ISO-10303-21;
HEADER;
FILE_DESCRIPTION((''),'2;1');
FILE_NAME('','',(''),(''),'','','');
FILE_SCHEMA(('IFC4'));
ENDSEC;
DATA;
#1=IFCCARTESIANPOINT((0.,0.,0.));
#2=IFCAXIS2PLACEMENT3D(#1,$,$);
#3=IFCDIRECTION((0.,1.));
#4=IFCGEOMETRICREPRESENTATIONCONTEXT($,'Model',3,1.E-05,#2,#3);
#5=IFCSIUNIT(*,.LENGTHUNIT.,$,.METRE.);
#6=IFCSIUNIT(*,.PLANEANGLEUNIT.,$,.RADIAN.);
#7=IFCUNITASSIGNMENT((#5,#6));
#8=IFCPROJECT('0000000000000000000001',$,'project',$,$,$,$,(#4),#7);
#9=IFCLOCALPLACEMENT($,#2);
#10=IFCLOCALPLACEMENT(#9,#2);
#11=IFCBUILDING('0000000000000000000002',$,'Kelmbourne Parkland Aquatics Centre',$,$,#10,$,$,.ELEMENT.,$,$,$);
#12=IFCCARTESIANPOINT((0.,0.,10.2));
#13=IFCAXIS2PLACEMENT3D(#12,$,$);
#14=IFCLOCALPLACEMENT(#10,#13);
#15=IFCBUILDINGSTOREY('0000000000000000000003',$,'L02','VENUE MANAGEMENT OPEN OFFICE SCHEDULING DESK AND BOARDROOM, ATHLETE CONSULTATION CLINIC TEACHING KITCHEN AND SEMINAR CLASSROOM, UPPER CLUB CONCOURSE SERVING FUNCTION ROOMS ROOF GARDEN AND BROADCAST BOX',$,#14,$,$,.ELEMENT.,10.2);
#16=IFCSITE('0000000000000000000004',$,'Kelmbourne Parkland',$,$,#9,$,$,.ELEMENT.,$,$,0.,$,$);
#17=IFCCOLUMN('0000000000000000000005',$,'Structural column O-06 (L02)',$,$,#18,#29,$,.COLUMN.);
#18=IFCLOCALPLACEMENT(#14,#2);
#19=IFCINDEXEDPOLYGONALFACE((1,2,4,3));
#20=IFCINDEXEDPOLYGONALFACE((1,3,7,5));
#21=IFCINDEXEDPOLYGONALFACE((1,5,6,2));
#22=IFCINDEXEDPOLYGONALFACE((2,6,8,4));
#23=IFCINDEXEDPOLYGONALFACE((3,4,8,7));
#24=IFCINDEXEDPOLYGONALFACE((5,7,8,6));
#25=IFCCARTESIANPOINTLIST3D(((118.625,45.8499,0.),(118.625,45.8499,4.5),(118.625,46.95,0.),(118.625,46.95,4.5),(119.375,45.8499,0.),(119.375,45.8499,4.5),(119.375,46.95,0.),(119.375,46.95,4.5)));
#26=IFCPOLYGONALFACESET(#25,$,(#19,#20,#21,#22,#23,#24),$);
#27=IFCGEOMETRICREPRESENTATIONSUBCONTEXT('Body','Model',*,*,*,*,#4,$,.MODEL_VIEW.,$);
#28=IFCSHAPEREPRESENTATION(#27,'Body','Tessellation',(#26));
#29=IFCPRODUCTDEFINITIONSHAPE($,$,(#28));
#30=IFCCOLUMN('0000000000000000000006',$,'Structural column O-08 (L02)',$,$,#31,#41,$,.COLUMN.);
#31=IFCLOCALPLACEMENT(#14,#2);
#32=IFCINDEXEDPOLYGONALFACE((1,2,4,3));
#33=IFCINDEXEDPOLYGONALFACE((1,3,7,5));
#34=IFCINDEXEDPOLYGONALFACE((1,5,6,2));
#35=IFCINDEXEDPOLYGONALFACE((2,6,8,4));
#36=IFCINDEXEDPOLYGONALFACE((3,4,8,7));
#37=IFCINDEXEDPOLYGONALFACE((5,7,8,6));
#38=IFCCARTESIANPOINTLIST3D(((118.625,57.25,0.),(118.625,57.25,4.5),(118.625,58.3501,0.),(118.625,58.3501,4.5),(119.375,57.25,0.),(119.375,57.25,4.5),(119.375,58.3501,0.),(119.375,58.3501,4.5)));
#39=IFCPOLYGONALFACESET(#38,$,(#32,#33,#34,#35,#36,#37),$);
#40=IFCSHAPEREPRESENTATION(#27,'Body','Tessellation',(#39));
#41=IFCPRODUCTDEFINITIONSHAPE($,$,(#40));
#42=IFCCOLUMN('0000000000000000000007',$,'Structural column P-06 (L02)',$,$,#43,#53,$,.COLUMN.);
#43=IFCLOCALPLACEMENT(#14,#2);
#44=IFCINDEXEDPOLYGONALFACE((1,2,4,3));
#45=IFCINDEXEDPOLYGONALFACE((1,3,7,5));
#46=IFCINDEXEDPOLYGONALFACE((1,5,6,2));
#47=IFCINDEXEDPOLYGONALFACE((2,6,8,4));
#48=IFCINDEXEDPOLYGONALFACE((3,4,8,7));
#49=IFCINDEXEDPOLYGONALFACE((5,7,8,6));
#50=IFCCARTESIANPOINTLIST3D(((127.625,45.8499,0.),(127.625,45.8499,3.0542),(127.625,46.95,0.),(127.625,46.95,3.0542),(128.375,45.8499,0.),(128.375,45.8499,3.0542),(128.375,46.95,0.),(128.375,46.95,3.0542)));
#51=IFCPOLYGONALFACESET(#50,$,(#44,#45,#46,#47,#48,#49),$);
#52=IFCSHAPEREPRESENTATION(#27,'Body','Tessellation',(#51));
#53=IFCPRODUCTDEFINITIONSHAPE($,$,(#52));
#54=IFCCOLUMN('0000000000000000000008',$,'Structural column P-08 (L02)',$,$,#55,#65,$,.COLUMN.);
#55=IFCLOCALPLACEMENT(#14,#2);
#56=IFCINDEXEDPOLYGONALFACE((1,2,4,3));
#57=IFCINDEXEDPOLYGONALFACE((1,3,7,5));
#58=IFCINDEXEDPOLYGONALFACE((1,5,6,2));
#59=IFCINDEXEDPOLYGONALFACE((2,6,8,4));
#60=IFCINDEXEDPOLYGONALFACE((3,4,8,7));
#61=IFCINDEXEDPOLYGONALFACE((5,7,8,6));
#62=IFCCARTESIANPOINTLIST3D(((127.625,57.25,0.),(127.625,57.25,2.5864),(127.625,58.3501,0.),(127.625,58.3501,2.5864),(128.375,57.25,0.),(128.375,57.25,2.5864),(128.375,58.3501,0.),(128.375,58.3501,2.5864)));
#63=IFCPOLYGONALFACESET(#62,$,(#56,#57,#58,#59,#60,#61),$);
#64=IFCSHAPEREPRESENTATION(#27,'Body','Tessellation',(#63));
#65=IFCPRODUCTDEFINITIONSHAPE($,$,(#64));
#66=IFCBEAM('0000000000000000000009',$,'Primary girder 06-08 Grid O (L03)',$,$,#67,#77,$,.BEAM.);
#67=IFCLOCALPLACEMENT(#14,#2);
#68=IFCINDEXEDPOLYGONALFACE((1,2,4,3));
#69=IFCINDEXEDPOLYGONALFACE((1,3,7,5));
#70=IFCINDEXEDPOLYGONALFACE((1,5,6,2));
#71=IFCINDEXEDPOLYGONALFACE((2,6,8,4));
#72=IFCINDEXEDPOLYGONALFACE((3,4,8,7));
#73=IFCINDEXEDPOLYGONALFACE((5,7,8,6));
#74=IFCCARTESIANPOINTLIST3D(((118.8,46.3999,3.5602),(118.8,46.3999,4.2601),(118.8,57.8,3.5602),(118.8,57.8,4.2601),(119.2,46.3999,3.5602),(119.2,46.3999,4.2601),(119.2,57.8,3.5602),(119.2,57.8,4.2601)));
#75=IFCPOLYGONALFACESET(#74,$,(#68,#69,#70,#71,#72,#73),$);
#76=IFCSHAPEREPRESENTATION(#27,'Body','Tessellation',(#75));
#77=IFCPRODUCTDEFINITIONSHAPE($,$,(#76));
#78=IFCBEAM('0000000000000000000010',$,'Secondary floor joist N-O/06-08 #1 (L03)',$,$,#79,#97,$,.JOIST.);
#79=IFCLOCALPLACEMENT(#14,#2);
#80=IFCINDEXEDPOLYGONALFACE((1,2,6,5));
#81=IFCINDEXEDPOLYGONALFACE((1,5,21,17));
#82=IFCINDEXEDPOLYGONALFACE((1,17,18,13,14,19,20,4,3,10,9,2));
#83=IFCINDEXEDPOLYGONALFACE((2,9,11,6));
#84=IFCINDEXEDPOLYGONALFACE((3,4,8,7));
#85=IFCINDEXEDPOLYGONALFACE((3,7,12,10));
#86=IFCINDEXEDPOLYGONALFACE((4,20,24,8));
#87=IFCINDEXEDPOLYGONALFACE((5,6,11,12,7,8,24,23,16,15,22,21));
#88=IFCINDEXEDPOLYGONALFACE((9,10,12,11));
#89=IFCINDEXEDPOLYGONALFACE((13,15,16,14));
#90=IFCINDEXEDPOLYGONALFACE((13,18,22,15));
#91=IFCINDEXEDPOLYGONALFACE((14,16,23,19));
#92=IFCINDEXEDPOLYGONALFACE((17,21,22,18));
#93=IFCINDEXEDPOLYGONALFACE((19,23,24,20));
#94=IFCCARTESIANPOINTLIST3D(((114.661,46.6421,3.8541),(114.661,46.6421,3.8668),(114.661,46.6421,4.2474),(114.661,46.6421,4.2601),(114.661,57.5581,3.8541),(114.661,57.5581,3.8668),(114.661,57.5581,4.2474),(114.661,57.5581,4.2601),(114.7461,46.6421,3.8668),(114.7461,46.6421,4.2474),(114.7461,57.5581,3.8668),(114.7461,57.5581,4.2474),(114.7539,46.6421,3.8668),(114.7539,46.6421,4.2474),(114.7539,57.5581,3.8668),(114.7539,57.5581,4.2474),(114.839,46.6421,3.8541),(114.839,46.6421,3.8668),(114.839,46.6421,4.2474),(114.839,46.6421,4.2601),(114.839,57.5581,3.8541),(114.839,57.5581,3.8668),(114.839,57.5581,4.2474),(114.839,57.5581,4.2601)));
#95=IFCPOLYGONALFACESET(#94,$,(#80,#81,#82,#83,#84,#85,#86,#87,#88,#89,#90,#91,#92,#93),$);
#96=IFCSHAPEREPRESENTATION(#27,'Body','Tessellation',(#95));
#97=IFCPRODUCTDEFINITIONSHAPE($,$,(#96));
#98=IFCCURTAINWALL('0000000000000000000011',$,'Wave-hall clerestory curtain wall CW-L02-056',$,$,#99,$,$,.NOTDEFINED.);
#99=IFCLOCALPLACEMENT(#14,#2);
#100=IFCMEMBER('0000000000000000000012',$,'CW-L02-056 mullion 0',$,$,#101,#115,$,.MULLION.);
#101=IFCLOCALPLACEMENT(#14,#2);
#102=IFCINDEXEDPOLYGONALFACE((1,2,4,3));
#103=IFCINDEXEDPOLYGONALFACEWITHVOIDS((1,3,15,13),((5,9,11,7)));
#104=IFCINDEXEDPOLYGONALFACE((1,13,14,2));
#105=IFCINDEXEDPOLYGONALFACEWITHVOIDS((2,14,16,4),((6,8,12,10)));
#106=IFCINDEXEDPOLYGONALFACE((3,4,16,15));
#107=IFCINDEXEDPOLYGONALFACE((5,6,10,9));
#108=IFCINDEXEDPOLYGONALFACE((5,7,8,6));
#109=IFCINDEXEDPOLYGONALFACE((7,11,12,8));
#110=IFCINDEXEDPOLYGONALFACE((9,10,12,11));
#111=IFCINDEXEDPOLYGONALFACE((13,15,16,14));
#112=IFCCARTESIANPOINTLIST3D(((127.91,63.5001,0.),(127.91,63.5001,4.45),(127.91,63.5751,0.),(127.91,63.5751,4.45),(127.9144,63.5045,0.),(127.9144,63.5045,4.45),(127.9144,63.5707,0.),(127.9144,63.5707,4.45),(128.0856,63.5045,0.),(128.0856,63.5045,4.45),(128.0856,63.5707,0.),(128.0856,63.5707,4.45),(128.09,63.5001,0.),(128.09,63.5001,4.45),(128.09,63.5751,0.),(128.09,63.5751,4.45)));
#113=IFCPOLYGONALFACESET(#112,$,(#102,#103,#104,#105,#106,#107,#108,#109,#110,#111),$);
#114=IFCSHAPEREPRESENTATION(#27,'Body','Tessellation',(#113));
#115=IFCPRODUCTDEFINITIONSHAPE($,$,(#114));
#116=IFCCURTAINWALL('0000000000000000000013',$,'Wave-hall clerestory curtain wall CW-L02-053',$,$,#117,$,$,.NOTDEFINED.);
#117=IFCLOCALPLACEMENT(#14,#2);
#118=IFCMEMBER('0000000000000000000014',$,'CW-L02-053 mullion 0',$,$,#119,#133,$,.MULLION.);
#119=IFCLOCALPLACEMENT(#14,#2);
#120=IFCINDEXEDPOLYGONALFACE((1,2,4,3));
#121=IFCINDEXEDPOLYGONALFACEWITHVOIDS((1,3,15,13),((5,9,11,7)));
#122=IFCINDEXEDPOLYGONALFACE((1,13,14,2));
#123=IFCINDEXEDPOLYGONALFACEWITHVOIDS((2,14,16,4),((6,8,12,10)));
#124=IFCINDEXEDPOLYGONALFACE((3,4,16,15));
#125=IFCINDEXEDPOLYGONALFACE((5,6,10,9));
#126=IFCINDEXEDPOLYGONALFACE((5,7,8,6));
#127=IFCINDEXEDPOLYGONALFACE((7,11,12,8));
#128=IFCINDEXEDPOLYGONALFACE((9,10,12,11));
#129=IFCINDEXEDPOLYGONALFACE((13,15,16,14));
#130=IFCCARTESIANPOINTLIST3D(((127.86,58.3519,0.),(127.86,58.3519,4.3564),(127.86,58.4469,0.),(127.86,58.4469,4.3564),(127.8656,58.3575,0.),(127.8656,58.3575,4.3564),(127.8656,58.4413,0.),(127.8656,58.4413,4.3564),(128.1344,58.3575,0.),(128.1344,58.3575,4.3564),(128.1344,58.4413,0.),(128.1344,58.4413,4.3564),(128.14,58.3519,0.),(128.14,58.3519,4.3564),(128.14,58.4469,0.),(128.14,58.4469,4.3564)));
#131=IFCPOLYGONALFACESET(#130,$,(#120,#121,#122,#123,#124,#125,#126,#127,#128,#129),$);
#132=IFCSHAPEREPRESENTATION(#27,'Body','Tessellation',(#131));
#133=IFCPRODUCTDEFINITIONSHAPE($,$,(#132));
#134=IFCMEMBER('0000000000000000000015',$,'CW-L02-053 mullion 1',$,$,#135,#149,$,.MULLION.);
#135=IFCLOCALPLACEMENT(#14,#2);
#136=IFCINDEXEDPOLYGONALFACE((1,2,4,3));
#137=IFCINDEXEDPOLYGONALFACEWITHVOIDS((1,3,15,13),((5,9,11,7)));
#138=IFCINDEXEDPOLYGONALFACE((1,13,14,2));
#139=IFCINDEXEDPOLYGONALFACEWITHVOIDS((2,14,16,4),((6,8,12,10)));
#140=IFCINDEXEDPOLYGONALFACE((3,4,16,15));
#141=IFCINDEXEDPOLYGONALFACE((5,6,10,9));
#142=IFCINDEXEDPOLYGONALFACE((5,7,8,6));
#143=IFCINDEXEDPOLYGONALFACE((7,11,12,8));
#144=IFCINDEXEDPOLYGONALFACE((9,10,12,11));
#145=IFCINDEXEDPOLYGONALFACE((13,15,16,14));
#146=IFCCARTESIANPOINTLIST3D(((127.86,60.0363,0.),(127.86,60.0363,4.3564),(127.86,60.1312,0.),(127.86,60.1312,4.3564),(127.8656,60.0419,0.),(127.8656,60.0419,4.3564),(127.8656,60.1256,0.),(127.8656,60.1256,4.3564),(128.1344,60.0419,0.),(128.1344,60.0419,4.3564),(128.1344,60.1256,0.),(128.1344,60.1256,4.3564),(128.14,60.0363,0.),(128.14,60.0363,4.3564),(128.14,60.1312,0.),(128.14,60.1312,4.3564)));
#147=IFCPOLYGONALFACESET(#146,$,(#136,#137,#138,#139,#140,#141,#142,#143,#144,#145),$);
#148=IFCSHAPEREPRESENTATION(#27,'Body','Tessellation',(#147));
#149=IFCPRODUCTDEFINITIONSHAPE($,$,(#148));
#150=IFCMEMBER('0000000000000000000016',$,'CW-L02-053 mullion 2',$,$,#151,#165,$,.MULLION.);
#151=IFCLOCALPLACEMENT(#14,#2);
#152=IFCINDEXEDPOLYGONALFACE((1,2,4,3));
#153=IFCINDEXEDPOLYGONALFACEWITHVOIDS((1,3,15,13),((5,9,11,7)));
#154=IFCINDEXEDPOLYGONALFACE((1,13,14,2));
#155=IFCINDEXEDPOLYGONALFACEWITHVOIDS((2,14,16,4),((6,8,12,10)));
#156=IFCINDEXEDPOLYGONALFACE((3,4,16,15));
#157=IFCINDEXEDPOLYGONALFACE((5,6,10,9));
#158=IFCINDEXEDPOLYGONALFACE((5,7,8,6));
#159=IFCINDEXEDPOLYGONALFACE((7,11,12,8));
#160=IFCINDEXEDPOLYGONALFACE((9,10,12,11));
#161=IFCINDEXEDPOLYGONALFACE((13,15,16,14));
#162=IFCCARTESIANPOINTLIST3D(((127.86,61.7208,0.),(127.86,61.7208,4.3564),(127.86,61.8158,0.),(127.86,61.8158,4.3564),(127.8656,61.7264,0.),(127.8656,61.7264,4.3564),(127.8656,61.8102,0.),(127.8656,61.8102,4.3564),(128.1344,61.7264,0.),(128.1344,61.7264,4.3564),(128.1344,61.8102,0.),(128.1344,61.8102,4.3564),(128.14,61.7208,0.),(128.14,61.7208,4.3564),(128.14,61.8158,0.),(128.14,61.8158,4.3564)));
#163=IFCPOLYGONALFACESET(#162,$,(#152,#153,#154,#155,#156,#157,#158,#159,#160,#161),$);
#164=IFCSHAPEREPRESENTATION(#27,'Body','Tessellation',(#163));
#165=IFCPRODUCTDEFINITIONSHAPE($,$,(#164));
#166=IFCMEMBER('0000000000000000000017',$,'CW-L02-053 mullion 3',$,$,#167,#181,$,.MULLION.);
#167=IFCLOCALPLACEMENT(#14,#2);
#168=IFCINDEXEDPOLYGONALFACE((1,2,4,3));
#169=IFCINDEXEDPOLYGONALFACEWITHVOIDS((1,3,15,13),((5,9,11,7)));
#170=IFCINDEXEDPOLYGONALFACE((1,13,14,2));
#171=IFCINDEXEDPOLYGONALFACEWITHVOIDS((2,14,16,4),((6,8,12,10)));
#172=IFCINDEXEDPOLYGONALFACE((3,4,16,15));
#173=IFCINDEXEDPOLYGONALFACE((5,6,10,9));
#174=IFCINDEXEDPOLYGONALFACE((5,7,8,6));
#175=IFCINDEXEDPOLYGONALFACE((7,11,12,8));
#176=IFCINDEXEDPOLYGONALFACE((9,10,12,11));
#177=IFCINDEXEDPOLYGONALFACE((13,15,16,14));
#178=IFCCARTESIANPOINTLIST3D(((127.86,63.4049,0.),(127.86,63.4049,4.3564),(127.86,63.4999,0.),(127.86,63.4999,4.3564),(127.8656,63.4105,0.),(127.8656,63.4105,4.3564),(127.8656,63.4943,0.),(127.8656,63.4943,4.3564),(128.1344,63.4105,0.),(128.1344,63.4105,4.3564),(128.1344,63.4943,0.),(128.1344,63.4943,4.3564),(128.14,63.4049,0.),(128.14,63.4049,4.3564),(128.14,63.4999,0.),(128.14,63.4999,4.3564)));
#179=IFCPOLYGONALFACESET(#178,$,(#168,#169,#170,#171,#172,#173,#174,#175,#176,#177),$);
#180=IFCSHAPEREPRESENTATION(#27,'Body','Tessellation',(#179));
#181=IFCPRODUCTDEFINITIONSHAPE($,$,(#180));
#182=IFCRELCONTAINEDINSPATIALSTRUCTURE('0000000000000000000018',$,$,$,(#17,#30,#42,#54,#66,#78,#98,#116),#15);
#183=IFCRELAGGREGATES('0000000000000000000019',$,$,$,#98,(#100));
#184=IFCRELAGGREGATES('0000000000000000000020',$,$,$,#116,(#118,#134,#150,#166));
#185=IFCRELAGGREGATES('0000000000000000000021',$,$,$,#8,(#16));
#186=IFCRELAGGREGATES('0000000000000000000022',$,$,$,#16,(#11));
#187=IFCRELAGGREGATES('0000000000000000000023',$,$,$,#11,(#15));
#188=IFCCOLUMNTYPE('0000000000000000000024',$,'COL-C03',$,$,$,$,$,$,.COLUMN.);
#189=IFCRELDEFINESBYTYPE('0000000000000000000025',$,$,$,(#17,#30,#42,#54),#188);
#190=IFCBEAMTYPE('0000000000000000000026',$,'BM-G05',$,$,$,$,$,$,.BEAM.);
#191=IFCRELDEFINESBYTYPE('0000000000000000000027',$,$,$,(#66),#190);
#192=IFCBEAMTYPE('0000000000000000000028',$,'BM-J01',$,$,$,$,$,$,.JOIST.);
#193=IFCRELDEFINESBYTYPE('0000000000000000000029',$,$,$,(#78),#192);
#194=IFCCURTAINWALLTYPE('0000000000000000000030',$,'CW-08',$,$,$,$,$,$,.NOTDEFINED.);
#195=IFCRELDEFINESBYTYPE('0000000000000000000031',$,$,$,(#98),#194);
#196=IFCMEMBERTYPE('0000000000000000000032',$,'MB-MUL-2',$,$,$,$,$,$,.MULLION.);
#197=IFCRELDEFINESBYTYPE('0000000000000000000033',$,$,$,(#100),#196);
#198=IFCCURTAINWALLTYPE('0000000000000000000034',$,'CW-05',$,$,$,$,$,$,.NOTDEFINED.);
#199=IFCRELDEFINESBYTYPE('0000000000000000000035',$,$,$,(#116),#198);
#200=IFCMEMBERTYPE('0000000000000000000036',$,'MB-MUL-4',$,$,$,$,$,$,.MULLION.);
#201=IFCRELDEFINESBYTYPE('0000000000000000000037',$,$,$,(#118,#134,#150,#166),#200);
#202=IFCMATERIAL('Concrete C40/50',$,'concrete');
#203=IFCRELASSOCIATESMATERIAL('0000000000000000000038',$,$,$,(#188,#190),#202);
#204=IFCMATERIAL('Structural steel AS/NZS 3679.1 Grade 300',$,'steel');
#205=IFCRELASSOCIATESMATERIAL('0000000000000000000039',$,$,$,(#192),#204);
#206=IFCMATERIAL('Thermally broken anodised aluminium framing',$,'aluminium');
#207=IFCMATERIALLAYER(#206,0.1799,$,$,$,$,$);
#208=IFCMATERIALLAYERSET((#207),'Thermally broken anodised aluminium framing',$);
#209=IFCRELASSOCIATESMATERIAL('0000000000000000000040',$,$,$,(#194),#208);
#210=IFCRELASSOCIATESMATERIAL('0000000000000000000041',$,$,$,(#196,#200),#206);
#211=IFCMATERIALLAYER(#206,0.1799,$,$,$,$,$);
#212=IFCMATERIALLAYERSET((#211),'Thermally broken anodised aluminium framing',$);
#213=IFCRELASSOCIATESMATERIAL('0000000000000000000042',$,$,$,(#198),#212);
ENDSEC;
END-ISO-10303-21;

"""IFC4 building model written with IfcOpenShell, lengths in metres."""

from ifc_helpers import new_model, si_unit, direction, frame, origin, origin_2d, place, context, subcontext, project, spatial, rectangle, hollow_rectangle, i_section, extrude, material, layer, layer_set, material_profile, profile_set, type_object, element, aggregate, save


model = new_model("IFC4")

# Units and contexts
model_context = context("Model", 3, precision=1e-05, world=origin(), true_north=direction((0.0, 1.0)))
body_context = subcontext(model_context, "Body", "Model", "MODEL_VIEW")
ifc_project = project(units=[si_unit("LENGTHUNIT", "METRE"), si_unit("PLANEANGLEUNIT", "RADIAN")], contexts=[model_context])

# Site, building, storey
site_placement = place(None, origin())
site = spatial("IfcSite", under=ifc_project, at=site_placement, Name="Kelmbourne Parkland", CompositionType="ELEMENT", RefElevation=0.0)
building_placement = place(site_placement, origin())
building = spatial("IfcBuilding", under=site, at=building_placement, Name="Kelmbourne Parkland Aquatics Centre", CompositionType="ELEMENT")
storey_placement = place(building_placement, frame((0.0, 0.0, 10.2)))
storey = spatial("IfcBuildingStorey", under=building, at=storey_placement, Name="L02", Description="VENUE MANAGEMENT OPEN OFFICE SCHEDULING DESK AND BOARDROOM, ATHLETE CONSULTATION CLINIC TEACHING KITCHEN AND SEMINAR CLASSROOM, UPPER CLUB CONCOURSE SERVING FUNCTION ROOMS ROOF GARDEN AND BROADCAST BOX", CompositionType="ELEMENT", Elevation=10.2)

# Columns
ifc_material_1 = material(Name="Concrete C40/50", Category="concrete")
ifc_material_profile_1 = material_profile(ifc_material_1, rectangle(XDim=0.75, YDim=1.1001, at=origin_2d()), Name="RC 750x1100")
ifc_profile_set_1 = profile_set([ifc_material_profile_1], Name="Concrete C40/50")
column_type = type_object("IfcColumnType", Name="COL-C03", PredefinedType="COLUMN", material=ifc_profile_set_1)
for number, where, z_axis, x_axis, name in (
    (1, (119.0, 46.3999, 0.0), (0.0, 0.0, 1.0), (1.0, 0.0, 0.0), "Structural column O-06 (L02)"),
    (2, (119.0, 57.8, 0.0), (0.0, 0.0, 1.0), (1.0, 0.0, 0.0), "Structural column O-08 (L02)"),
):
    element("IfcColumn", number, at=place(storey_placement, frame(where, z_axis=z_axis, x_axis=x_axis)), inside=storey, type_object=column_type, Name=name, PredefinedType="COLUMN", context=body_context, shape_type="SweptSolid", body=[
        extrude(rectangle(XDim=0.75, YDim=1.1001, at=origin_2d()), origin(), (0.0, 0.0, 1.0), 4.5),
    ])
column_1_placement = place(storey_placement, frame((128.0, 46.3999, 0.0), z_axis=(0.0, 0.0, 1.0), x_axis=(1.0, 0.0, 0.0)))
element("IfcColumn", 3, at=column_1_placement, inside=storey, type_object=column_type, Name="Structural column P-06 (L02)", PredefinedType="COLUMN", context=body_context, shape_type="SweptSolid", body=[
    extrude(rectangle(XDim=0.75, YDim=1.1001, at=origin_2d()), origin(), (0.0, 0.0, 1.0), 3.0542),
])
column_2_placement = place(storey_placement, frame((128.0, 57.8, 0.0), z_axis=(0.0, 0.0, 1.0), x_axis=(1.0, 0.0, 0.0)))
element("IfcColumn", 4, at=column_2_placement, inside=storey, type_object=column_type, Name="Structural column P-08 (L02)", PredefinedType="COLUMN", context=body_context, shape_type="SweptSolid", body=[
    extrude(rectangle(XDim=0.75, YDim=1.1001, at=origin_2d()), origin(), (0.0, 0.0, 1.0), 2.5864),
])

# Beams
ifc_material_profile_2 = material_profile(ifc_material_1, rectangle(XDim=0.3999, YDim=0.7, at=origin_2d()), Name="RC 400x700")
ifc_profile_set_2 = profile_set([ifc_material_profile_2], Name="Concrete C40/50")
beam_type_1 = type_object("IfcBeamType", Name="BM-G05", PredefinedType="BEAM", material=ifc_profile_set_2)
beam_1_placement = place(storey_placement, frame((119.0, 46.3999, 3.9102), z_axis=(0.0, 1.0, 0.0), x_axis=(-1.0, 0.0, 0.0)))
element("IfcBeam", 5, at=beam_1_placement, inside=storey, type_object=beam_type_1, Name="Primary girder 06-08 Grid O (L03)", PredefinedType="BEAM", context=body_context, shape_type="SweptSolid", body=[
    extrude(rectangle(XDim=0.3999, YDim=0.7, at=origin_2d()), origin(), (0.0, 0.0, 1.0), 11.4001),
])
ifc_material_2 = material(Name="Structural steel AS/NZS 3679.1 Grade 300", Category="steel")
ifc_material_profile_3 = material_profile(ifc_material_2, i_section(OverallWidth=0.178, OverallDepth=0.406, WebThickness=0.0078, FlangeThickness=0.0127, at=origin_2d()), Name="410UB59.7")
ifc_profile_set_3 = profile_set([ifc_material_profile_3], Name="Structural steel AS/NZS 3679.1 Grade 300")
beam_type_2 = type_object("IfcBeamType", Name="BM-J01", PredefinedType="JOIST", material=ifc_profile_set_3)
beam_2_placement = place(storey_placement, frame((114.75, 46.6421, 4.0571), z_axis=(0.0, 1.0, 0.0), x_axis=(-1.0, 0.0, 0.0)))
element("IfcBeam", 6, at=beam_2_placement, inside=storey, type_object=beam_type_2, Name="Secondary floor joist N-O/06-08 #1 (L03)", PredefinedType="JOIST", context=body_context, shape_type="SweptSolid", body=[
    extrude(i_section(OverallWidth=0.178, OverallDepth=0.406, WebThickness=0.0078, FlangeThickness=0.0127, at=origin_2d()), origin(), (0.0, 0.0, 1.0), 10.916),
])

# Curtain wall, member
ifc_material_3 = material(Name="Thermally broken anodised aluminium framing", Category="aluminium")
ifc_layer_1 = layer(ifc_material_3, 0.1799)
ifc_layer_set_1 = layer_set([ifc_layer_1], Name="Thermally broken anodised aluminium framing")
curtain_wall_type_1 = type_object("IfcCurtainWallType", Name="CW-08", PredefinedType="NOTDEFINED", material=ifc_layer_set_1)
curtain_wall_1_placement = place(storey_placement, origin())
curtain_wall_1 = element("IfcCurtainWall", 7, at=curtain_wall_1_placement, inside=storey, type_object=curtain_wall_type_1, Name="Wave-hall clerestory curtain wall CW-L02-056", PredefinedType="NOTDEFINED")
ifc_material_profile_4 = material_profile(ifc_material_3, hollow_rectangle(XDim=0.075, YDim=0.1799, WallThickness=0.0044, at=origin_2d()), Name="CW-M 75x180")
ifc_profile_set_4 = profile_set([ifc_material_profile_4], Name="Thermally broken anodised aluminium framing")
member_type_1 = type_object("IfcMemberType", Name="MB-MUL-2", PredefinedType="MULLION", material=ifc_profile_set_4)
member_1_placement = place(storey_placement, frame((128.0, 63.5376, 0.0), z_axis=(0.0, 0.0, 1.0), x_axis=(0.0, 1.0, 0.0)))
member_1 = element("IfcMember", 8, at=member_1_placement, type_object=member_type_1, Name="CW-L02-056 mullion 0", PredefinedType="MULLION", context=body_context, shape_type="SweptSolid", body=[
    extrude(hollow_rectangle(XDim=0.075, YDim=0.1799, WallThickness=0.0044, at=origin_2d()), origin(), (0.0, 0.0, 1.0), 4.45),
])
aggregate(curtain_wall_1, [member_1])

# Curtain wall, members
ifc_layer_2 = layer(ifc_material_3, 0.1799)
ifc_layer_set_2 = layer_set([ifc_layer_2], Name="Thermally broken anodised aluminium framing")
curtain_wall_type_2 = type_object("IfcCurtainWallType", Name="CW-05", PredefinedType="NOTDEFINED", material=ifc_layer_set_2)
curtain_wall_2_placement = place(storey_placement, origin())
curtain_wall_2 = element("IfcCurtainWall", 9, at=curtain_wall_2_placement, inside=storey, type_object=curtain_wall_type_2, Name="Wave-hall clerestory curtain wall CW-L02-053", PredefinedType="NOTDEFINED")
ifc_material_profile_5 = material_profile(ifc_material_3, hollow_rectangle(XDim=0.095, YDim=0.28, WallThickness=0.0056, at=origin_2d()), Name="CW-M 95x280")
ifc_profile_set_5 = profile_set([ifc_material_profile_5], Name="Thermally broken anodised aluminium framing")
member_type_2 = type_object("IfcMemberType", Name="MB-MUL-4", PredefinedType="MULLION", material=ifc_profile_set_5)
member_2_placement = place(storey_placement, frame((128.0, 58.3994, 0.0), z_axis=(0.0, 0.0, 1.0), x_axis=(0.0, 1.0, 0.0)))
member_2 = element("IfcMember", 10, at=member_2_placement, type_object=member_type_2, Name="CW-L02-053 mullion 0", PredefinedType="MULLION", context=body_context, shape_type="SweptSolid", body=[
    extrude(hollow_rectangle(XDim=0.095, YDim=0.28, WallThickness=0.0056, at=origin_2d()), origin(), (0.0, 0.0, 1.0), 4.3564),
])
member_3_placement = place(storey_placement, frame((128.0, 60.0837, 0.0), z_axis=(0.0, 0.0, 1.0), x_axis=(0.0, 1.0, 0.0)))
member_3 = element("IfcMember", 11, at=member_3_placement, type_object=member_type_2, Name="CW-L02-053 mullion 1", PredefinedType="MULLION", context=body_context, shape_type="SweptSolid", body=[
    extrude(hollow_rectangle(XDim=0.095, YDim=0.28, WallThickness=0.0056, at=origin_2d()), origin(), (0.0, 0.0, 1.0), 4.3564),
])
member_4_placement = place(storey_placement, frame((128.0, 61.7683, 0.0), z_axis=(0.0, 0.0, 1.0), x_axis=(0.0, 1.0, 0.0)))
member_4 = element("IfcMember", 12, at=member_4_placement, type_object=member_type_2, Name="CW-L02-053 mullion 2", PredefinedType="MULLION", context=body_context, shape_type="SweptSolid", body=[
    extrude(hollow_rectangle(XDim=0.095, YDim=0.28, WallThickness=0.0056, at=origin_2d()), origin(), (0.0, 0.0, 1.0), 4.3564),
])
member_5_placement = place(storey_placement, frame((128.0, 63.4524, 0.0), z_axis=(0.0, 0.0, 1.0), x_axis=(0.0, 1.0, 0.0)))
member_5 = element("IfcMember", 13, at=member_5_placement, type_object=member_type_2, Name="CW-L02-053 mullion 3", PredefinedType="MULLION", context=body_context, shape_type="SweptSolid", body=[
    extrude(hollow_rectangle(XDim=0.095, YDim=0.28, WallThickness=0.0056, at=origin_2d()), origin(), (0.0, 0.0, 1.0), 4.3564),
])
aggregate(curtain_wall_2, [member_2, member_3, member_4, member_5])

save(model, "model.ifc")
